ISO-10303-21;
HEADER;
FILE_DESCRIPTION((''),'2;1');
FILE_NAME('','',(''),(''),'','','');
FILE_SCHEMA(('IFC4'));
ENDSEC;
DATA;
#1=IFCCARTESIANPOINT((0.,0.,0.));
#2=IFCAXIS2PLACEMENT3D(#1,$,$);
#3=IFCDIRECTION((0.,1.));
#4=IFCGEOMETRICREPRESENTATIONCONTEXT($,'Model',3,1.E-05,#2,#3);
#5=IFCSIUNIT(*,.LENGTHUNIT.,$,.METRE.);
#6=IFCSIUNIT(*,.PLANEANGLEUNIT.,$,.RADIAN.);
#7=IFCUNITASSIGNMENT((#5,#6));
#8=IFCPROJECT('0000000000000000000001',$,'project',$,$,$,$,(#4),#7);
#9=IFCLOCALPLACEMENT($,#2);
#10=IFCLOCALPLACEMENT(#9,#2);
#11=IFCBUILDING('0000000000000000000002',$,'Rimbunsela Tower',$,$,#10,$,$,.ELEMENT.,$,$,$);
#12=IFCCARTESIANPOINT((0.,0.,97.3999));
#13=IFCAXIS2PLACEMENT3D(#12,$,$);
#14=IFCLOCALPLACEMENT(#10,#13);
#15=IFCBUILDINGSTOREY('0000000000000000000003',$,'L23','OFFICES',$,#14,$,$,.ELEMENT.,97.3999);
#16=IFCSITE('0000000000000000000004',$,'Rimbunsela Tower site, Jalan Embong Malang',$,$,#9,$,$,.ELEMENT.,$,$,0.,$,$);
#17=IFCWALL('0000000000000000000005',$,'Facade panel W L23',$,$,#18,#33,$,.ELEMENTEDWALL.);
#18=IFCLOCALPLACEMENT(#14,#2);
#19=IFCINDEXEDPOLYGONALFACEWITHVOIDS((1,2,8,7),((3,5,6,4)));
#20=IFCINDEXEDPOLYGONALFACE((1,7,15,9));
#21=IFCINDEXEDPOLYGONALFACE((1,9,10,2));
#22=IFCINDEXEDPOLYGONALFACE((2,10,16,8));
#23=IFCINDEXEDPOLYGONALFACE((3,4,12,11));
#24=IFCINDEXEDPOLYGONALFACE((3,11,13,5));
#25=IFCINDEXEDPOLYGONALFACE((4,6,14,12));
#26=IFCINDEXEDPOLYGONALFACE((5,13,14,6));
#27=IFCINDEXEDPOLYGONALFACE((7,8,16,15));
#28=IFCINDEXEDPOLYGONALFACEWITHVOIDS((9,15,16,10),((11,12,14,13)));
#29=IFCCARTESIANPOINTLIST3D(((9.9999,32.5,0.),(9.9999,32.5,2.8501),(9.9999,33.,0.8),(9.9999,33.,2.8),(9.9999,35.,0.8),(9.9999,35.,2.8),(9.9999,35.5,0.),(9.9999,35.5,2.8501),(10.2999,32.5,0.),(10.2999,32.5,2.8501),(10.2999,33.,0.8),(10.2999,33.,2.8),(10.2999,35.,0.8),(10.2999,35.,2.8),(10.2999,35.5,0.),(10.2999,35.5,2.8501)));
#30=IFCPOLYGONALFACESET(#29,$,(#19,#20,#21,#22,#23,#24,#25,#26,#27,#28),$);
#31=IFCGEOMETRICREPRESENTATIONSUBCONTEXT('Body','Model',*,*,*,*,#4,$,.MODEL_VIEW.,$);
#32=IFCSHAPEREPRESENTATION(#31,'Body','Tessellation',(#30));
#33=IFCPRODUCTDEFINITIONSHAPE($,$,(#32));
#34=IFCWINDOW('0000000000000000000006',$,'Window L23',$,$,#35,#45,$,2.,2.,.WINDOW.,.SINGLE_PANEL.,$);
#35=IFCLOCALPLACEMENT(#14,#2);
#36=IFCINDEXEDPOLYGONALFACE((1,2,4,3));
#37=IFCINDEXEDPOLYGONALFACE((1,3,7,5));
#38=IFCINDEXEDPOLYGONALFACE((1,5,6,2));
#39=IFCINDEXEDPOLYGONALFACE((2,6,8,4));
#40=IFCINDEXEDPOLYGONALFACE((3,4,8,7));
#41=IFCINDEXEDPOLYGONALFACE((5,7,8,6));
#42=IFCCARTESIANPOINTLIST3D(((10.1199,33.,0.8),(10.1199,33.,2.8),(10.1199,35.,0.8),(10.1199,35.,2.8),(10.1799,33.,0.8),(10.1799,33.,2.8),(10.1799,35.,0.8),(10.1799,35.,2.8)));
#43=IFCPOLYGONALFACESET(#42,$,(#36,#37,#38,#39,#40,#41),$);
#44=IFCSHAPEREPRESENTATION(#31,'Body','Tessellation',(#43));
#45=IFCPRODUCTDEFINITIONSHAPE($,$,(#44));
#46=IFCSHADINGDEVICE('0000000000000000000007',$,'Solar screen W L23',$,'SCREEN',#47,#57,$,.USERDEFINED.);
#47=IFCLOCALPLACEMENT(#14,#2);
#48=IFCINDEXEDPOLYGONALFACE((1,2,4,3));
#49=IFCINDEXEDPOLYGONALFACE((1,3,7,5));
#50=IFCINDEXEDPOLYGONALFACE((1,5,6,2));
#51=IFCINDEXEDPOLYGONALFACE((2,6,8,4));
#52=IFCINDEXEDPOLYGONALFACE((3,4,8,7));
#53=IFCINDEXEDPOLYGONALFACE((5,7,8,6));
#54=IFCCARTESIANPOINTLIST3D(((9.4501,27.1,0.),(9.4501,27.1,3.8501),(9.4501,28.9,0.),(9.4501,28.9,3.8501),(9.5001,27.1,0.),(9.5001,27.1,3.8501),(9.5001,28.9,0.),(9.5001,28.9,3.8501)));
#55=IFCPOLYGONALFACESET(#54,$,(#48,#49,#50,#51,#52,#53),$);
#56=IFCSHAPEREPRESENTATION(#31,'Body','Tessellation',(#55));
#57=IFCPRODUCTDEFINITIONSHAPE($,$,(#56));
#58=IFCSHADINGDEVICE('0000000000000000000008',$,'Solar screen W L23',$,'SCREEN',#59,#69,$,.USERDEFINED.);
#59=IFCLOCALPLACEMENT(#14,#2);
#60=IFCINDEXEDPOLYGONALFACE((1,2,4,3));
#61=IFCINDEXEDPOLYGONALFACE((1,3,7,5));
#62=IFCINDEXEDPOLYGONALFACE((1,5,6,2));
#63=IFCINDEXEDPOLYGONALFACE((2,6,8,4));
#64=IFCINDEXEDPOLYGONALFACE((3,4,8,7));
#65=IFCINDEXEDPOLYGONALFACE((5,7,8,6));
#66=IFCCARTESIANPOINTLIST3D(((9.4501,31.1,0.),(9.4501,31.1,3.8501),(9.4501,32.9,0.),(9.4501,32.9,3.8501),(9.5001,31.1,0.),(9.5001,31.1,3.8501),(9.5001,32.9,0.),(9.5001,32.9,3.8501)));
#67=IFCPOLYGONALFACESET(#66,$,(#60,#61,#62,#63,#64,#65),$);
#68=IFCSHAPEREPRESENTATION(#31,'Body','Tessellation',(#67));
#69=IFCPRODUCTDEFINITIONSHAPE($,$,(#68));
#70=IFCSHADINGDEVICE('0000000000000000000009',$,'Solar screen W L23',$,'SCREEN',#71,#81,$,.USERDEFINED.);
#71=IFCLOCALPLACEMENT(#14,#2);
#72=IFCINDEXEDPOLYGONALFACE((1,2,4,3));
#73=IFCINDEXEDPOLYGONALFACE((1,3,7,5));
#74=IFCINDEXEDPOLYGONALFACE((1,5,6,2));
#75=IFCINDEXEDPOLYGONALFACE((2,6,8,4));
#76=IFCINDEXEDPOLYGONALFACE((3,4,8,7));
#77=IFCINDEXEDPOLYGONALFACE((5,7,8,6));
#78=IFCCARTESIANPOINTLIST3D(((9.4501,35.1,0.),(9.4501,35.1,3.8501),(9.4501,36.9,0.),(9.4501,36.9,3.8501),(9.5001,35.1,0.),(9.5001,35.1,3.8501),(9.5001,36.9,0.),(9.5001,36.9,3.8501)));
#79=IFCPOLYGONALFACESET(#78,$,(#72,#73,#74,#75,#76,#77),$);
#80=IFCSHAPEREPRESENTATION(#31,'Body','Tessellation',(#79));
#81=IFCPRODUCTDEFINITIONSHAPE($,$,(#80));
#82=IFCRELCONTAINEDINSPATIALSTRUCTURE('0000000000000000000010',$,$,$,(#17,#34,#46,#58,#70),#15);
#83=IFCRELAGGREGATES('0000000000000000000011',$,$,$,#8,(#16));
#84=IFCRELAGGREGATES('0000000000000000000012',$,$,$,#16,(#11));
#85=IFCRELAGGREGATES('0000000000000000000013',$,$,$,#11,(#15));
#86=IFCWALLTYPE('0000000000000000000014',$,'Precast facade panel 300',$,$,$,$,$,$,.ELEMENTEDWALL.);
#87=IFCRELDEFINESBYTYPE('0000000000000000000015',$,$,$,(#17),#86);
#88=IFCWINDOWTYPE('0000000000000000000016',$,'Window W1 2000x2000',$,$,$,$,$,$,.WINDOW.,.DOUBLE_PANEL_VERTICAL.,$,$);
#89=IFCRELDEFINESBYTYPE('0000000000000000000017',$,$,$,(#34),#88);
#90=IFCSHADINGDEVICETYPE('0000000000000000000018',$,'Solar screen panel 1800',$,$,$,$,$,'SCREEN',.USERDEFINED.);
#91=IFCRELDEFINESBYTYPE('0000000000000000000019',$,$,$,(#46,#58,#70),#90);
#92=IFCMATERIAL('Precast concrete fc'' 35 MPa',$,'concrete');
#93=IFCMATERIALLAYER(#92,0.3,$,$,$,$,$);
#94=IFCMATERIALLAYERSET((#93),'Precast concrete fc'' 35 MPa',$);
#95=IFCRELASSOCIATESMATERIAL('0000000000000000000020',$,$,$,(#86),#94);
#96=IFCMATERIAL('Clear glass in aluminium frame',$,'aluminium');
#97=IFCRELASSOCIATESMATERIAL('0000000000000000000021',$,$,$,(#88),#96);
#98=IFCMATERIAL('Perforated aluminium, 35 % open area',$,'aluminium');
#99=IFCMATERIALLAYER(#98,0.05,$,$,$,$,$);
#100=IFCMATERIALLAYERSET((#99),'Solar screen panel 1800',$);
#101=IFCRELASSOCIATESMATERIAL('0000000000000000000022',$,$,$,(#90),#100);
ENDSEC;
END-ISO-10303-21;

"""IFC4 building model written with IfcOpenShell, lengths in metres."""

from ifc_helpers import new_model, si_unit, direction, frame, frame_2d, origin, origin_2d, place, context, subcontext, project, spatial, rectangle, extrude, material, layer, layer_set, type_object, element, fill, save


model = new_model("IFC4")

# Units and contexts
model_context = context("Model", 3, precision=1e-05, world=origin(), true_north=direction((0.0, 1.0)))
body_context = subcontext(model_context, "Body", "Model", "MODEL_VIEW")
ifc_project = project(units=[si_unit("LENGTHUNIT", "METRE"), si_unit("PLANEANGLEUNIT", "RADIAN")], contexts=[model_context])

# Site, building, storey
site_placement = place(None, origin())
site = spatial("IfcSite", under=ifc_project, at=site_placement, Name="Rimbunsela Tower site, Jalan Embong Malang", CompositionType="ELEMENT", RefElevation=0.0)
building_placement = place(site_placement, origin())
building = spatial("IfcBuilding", under=site, at=building_placement, Name="Rimbunsela Tower", CompositionType="ELEMENT")
storey_placement = place(building_placement, frame((0.0, 0.0, 97.3999)))
storey = spatial("IfcBuildingStorey", under=building, at=storey_placement, Name="L23", Description="OFFICES", CompositionType="ELEMENT", Elevation=97.3999)

# Wall, opening, window
ifc_material_1 = material(Name="Precast concrete fc' 35 MPa", Category="concrete")
ifc_layer_1 = layer(ifc_material_1, 0.3)
ifc_layer_set_1 = layer_set([ifc_layer_1], Name="Precast concrete fc' 35 MPa")
wall_type = type_object("IfcWallType", Name="Precast facade panel 300", PredefinedType="ELEMENTEDWALL", material=ifc_layer_set_1)
ifc_material_2 = material(Name="Clear glass in aluminium frame", Category="aluminium")
window_type = type_object("IfcWindowType", Name="Window W1 2000x2000", PartitioningType="DOUBLE_PANEL_VERTICAL", PredefinedType="WINDOW", material=ifc_material_2)
wall_1_placement = place(storey_placement, frame((10.1499, 35.5, 0.0), z_axis=(0.0, 0.0, 1.0), x_axis=(0.0, -1.0, 0.0)))
wall_1 = element("IfcWall", 1, at=wall_1_placement, inside=storey, type_object=wall_type, Name="Facade panel W L23", PredefinedType="ELEMENTEDWALL", context=body_context, shape_type="SweptSolid", body=[
    extrude(rectangle(XDim=3.0, YDim=0.3, at=frame_2d((1.5, 0.0))), origin(), (0.0, 0.0, 1.0), 2.8501),
])
opening_1_placement = place(wall_1_placement, frame((0.5, 0.0, 0.8)))
opening_1 = element("IfcOpeningElement", 2, at=opening_1_placement, cuts=wall_1, PredefinedType="OPENING", context=body_context, shape_type="SweptSolid", body=[
    extrude(rectangle(XDim=2.0, YDim=2.0, at=frame_2d((1.0, 1.0))), frame((0.0, 0.1599, 0.0), z_axis=(0.0, -1.0, 0.0), x_axis=(1.0, 0.0, 0.0)), (0.0, 0.0, 1.0), 0.3201),
])
window_1_placement = place(opening_1_placement, origin())
window_1 = element("IfcWindow", 3, at=window_1_placement, inside=storey, type_object=window_type, Name="Window L23", OverallHeight=2.0, OverallWidth=2.0, PartitioningType="SINGLE_PANEL", PredefinedType="WINDOW", context=body_context, shape_type="SweptSolid", body=[
    extrude(rectangle(XDim=2.0, YDim=2.0, at=frame_2d((1.0, 1.0))), frame((0.0, 0.03, 0.0), z_axis=(0.0, -1.0, 0.0), x_axis=(1.0, 0.0, 0.0)), (0.0, 0.0, 1.0), 0.0601),
])
fill(opening_1, window_1)

# Shading devices
ifc_material_3 = material(Name="Perforated aluminium, 35 % open area", Category="aluminium")
ifc_layer_2 = layer(ifc_material_3, 0.05)
ifc_layer_set_2 = layer_set([ifc_layer_2], Name="Solar screen panel 1800")
shading_device_type = type_object("IfcShadingDeviceType", Name="Solar screen panel 1800", ElementType="SCREEN", PredefinedType="USERDEFINED", material=ifc_layer_set_2)
for number, where, z_axis, x_axis, name in (
    (4, (9.4751, 28.0, 0.0), (0.0, 0.0, 1.0), (0.0, 1.0, 0.0), "Solar screen W L23"),
    (5, (9.4751, 32.0, 0.0), (0.0, 0.0, 1.0), (0.0, 1.0, 0.0), "Solar screen W L23"),
    (6, (9.4751, 36.0, 0.0), (0.0, 0.0, 1.0), (0.0, 1.0, 0.0), "Solar screen W L23"),
):
    element("IfcShadingDevice", number, at=place(storey_placement, frame(where, z_axis=z_axis, x_axis=x_axis)), inside=storey, type_object=shading_device_type, Name=name, ObjectType="SCREEN", PredefinedType="USERDEFINED", context=body_context, shape_type="SweptSolid", body=[
        extrude(rectangle(XDim=1.8, YDim=0.05, at=origin_2d()), origin(), (0.0, 0.0, 1.0), 3.8501),
    ])

save(model, "model.ifc")
